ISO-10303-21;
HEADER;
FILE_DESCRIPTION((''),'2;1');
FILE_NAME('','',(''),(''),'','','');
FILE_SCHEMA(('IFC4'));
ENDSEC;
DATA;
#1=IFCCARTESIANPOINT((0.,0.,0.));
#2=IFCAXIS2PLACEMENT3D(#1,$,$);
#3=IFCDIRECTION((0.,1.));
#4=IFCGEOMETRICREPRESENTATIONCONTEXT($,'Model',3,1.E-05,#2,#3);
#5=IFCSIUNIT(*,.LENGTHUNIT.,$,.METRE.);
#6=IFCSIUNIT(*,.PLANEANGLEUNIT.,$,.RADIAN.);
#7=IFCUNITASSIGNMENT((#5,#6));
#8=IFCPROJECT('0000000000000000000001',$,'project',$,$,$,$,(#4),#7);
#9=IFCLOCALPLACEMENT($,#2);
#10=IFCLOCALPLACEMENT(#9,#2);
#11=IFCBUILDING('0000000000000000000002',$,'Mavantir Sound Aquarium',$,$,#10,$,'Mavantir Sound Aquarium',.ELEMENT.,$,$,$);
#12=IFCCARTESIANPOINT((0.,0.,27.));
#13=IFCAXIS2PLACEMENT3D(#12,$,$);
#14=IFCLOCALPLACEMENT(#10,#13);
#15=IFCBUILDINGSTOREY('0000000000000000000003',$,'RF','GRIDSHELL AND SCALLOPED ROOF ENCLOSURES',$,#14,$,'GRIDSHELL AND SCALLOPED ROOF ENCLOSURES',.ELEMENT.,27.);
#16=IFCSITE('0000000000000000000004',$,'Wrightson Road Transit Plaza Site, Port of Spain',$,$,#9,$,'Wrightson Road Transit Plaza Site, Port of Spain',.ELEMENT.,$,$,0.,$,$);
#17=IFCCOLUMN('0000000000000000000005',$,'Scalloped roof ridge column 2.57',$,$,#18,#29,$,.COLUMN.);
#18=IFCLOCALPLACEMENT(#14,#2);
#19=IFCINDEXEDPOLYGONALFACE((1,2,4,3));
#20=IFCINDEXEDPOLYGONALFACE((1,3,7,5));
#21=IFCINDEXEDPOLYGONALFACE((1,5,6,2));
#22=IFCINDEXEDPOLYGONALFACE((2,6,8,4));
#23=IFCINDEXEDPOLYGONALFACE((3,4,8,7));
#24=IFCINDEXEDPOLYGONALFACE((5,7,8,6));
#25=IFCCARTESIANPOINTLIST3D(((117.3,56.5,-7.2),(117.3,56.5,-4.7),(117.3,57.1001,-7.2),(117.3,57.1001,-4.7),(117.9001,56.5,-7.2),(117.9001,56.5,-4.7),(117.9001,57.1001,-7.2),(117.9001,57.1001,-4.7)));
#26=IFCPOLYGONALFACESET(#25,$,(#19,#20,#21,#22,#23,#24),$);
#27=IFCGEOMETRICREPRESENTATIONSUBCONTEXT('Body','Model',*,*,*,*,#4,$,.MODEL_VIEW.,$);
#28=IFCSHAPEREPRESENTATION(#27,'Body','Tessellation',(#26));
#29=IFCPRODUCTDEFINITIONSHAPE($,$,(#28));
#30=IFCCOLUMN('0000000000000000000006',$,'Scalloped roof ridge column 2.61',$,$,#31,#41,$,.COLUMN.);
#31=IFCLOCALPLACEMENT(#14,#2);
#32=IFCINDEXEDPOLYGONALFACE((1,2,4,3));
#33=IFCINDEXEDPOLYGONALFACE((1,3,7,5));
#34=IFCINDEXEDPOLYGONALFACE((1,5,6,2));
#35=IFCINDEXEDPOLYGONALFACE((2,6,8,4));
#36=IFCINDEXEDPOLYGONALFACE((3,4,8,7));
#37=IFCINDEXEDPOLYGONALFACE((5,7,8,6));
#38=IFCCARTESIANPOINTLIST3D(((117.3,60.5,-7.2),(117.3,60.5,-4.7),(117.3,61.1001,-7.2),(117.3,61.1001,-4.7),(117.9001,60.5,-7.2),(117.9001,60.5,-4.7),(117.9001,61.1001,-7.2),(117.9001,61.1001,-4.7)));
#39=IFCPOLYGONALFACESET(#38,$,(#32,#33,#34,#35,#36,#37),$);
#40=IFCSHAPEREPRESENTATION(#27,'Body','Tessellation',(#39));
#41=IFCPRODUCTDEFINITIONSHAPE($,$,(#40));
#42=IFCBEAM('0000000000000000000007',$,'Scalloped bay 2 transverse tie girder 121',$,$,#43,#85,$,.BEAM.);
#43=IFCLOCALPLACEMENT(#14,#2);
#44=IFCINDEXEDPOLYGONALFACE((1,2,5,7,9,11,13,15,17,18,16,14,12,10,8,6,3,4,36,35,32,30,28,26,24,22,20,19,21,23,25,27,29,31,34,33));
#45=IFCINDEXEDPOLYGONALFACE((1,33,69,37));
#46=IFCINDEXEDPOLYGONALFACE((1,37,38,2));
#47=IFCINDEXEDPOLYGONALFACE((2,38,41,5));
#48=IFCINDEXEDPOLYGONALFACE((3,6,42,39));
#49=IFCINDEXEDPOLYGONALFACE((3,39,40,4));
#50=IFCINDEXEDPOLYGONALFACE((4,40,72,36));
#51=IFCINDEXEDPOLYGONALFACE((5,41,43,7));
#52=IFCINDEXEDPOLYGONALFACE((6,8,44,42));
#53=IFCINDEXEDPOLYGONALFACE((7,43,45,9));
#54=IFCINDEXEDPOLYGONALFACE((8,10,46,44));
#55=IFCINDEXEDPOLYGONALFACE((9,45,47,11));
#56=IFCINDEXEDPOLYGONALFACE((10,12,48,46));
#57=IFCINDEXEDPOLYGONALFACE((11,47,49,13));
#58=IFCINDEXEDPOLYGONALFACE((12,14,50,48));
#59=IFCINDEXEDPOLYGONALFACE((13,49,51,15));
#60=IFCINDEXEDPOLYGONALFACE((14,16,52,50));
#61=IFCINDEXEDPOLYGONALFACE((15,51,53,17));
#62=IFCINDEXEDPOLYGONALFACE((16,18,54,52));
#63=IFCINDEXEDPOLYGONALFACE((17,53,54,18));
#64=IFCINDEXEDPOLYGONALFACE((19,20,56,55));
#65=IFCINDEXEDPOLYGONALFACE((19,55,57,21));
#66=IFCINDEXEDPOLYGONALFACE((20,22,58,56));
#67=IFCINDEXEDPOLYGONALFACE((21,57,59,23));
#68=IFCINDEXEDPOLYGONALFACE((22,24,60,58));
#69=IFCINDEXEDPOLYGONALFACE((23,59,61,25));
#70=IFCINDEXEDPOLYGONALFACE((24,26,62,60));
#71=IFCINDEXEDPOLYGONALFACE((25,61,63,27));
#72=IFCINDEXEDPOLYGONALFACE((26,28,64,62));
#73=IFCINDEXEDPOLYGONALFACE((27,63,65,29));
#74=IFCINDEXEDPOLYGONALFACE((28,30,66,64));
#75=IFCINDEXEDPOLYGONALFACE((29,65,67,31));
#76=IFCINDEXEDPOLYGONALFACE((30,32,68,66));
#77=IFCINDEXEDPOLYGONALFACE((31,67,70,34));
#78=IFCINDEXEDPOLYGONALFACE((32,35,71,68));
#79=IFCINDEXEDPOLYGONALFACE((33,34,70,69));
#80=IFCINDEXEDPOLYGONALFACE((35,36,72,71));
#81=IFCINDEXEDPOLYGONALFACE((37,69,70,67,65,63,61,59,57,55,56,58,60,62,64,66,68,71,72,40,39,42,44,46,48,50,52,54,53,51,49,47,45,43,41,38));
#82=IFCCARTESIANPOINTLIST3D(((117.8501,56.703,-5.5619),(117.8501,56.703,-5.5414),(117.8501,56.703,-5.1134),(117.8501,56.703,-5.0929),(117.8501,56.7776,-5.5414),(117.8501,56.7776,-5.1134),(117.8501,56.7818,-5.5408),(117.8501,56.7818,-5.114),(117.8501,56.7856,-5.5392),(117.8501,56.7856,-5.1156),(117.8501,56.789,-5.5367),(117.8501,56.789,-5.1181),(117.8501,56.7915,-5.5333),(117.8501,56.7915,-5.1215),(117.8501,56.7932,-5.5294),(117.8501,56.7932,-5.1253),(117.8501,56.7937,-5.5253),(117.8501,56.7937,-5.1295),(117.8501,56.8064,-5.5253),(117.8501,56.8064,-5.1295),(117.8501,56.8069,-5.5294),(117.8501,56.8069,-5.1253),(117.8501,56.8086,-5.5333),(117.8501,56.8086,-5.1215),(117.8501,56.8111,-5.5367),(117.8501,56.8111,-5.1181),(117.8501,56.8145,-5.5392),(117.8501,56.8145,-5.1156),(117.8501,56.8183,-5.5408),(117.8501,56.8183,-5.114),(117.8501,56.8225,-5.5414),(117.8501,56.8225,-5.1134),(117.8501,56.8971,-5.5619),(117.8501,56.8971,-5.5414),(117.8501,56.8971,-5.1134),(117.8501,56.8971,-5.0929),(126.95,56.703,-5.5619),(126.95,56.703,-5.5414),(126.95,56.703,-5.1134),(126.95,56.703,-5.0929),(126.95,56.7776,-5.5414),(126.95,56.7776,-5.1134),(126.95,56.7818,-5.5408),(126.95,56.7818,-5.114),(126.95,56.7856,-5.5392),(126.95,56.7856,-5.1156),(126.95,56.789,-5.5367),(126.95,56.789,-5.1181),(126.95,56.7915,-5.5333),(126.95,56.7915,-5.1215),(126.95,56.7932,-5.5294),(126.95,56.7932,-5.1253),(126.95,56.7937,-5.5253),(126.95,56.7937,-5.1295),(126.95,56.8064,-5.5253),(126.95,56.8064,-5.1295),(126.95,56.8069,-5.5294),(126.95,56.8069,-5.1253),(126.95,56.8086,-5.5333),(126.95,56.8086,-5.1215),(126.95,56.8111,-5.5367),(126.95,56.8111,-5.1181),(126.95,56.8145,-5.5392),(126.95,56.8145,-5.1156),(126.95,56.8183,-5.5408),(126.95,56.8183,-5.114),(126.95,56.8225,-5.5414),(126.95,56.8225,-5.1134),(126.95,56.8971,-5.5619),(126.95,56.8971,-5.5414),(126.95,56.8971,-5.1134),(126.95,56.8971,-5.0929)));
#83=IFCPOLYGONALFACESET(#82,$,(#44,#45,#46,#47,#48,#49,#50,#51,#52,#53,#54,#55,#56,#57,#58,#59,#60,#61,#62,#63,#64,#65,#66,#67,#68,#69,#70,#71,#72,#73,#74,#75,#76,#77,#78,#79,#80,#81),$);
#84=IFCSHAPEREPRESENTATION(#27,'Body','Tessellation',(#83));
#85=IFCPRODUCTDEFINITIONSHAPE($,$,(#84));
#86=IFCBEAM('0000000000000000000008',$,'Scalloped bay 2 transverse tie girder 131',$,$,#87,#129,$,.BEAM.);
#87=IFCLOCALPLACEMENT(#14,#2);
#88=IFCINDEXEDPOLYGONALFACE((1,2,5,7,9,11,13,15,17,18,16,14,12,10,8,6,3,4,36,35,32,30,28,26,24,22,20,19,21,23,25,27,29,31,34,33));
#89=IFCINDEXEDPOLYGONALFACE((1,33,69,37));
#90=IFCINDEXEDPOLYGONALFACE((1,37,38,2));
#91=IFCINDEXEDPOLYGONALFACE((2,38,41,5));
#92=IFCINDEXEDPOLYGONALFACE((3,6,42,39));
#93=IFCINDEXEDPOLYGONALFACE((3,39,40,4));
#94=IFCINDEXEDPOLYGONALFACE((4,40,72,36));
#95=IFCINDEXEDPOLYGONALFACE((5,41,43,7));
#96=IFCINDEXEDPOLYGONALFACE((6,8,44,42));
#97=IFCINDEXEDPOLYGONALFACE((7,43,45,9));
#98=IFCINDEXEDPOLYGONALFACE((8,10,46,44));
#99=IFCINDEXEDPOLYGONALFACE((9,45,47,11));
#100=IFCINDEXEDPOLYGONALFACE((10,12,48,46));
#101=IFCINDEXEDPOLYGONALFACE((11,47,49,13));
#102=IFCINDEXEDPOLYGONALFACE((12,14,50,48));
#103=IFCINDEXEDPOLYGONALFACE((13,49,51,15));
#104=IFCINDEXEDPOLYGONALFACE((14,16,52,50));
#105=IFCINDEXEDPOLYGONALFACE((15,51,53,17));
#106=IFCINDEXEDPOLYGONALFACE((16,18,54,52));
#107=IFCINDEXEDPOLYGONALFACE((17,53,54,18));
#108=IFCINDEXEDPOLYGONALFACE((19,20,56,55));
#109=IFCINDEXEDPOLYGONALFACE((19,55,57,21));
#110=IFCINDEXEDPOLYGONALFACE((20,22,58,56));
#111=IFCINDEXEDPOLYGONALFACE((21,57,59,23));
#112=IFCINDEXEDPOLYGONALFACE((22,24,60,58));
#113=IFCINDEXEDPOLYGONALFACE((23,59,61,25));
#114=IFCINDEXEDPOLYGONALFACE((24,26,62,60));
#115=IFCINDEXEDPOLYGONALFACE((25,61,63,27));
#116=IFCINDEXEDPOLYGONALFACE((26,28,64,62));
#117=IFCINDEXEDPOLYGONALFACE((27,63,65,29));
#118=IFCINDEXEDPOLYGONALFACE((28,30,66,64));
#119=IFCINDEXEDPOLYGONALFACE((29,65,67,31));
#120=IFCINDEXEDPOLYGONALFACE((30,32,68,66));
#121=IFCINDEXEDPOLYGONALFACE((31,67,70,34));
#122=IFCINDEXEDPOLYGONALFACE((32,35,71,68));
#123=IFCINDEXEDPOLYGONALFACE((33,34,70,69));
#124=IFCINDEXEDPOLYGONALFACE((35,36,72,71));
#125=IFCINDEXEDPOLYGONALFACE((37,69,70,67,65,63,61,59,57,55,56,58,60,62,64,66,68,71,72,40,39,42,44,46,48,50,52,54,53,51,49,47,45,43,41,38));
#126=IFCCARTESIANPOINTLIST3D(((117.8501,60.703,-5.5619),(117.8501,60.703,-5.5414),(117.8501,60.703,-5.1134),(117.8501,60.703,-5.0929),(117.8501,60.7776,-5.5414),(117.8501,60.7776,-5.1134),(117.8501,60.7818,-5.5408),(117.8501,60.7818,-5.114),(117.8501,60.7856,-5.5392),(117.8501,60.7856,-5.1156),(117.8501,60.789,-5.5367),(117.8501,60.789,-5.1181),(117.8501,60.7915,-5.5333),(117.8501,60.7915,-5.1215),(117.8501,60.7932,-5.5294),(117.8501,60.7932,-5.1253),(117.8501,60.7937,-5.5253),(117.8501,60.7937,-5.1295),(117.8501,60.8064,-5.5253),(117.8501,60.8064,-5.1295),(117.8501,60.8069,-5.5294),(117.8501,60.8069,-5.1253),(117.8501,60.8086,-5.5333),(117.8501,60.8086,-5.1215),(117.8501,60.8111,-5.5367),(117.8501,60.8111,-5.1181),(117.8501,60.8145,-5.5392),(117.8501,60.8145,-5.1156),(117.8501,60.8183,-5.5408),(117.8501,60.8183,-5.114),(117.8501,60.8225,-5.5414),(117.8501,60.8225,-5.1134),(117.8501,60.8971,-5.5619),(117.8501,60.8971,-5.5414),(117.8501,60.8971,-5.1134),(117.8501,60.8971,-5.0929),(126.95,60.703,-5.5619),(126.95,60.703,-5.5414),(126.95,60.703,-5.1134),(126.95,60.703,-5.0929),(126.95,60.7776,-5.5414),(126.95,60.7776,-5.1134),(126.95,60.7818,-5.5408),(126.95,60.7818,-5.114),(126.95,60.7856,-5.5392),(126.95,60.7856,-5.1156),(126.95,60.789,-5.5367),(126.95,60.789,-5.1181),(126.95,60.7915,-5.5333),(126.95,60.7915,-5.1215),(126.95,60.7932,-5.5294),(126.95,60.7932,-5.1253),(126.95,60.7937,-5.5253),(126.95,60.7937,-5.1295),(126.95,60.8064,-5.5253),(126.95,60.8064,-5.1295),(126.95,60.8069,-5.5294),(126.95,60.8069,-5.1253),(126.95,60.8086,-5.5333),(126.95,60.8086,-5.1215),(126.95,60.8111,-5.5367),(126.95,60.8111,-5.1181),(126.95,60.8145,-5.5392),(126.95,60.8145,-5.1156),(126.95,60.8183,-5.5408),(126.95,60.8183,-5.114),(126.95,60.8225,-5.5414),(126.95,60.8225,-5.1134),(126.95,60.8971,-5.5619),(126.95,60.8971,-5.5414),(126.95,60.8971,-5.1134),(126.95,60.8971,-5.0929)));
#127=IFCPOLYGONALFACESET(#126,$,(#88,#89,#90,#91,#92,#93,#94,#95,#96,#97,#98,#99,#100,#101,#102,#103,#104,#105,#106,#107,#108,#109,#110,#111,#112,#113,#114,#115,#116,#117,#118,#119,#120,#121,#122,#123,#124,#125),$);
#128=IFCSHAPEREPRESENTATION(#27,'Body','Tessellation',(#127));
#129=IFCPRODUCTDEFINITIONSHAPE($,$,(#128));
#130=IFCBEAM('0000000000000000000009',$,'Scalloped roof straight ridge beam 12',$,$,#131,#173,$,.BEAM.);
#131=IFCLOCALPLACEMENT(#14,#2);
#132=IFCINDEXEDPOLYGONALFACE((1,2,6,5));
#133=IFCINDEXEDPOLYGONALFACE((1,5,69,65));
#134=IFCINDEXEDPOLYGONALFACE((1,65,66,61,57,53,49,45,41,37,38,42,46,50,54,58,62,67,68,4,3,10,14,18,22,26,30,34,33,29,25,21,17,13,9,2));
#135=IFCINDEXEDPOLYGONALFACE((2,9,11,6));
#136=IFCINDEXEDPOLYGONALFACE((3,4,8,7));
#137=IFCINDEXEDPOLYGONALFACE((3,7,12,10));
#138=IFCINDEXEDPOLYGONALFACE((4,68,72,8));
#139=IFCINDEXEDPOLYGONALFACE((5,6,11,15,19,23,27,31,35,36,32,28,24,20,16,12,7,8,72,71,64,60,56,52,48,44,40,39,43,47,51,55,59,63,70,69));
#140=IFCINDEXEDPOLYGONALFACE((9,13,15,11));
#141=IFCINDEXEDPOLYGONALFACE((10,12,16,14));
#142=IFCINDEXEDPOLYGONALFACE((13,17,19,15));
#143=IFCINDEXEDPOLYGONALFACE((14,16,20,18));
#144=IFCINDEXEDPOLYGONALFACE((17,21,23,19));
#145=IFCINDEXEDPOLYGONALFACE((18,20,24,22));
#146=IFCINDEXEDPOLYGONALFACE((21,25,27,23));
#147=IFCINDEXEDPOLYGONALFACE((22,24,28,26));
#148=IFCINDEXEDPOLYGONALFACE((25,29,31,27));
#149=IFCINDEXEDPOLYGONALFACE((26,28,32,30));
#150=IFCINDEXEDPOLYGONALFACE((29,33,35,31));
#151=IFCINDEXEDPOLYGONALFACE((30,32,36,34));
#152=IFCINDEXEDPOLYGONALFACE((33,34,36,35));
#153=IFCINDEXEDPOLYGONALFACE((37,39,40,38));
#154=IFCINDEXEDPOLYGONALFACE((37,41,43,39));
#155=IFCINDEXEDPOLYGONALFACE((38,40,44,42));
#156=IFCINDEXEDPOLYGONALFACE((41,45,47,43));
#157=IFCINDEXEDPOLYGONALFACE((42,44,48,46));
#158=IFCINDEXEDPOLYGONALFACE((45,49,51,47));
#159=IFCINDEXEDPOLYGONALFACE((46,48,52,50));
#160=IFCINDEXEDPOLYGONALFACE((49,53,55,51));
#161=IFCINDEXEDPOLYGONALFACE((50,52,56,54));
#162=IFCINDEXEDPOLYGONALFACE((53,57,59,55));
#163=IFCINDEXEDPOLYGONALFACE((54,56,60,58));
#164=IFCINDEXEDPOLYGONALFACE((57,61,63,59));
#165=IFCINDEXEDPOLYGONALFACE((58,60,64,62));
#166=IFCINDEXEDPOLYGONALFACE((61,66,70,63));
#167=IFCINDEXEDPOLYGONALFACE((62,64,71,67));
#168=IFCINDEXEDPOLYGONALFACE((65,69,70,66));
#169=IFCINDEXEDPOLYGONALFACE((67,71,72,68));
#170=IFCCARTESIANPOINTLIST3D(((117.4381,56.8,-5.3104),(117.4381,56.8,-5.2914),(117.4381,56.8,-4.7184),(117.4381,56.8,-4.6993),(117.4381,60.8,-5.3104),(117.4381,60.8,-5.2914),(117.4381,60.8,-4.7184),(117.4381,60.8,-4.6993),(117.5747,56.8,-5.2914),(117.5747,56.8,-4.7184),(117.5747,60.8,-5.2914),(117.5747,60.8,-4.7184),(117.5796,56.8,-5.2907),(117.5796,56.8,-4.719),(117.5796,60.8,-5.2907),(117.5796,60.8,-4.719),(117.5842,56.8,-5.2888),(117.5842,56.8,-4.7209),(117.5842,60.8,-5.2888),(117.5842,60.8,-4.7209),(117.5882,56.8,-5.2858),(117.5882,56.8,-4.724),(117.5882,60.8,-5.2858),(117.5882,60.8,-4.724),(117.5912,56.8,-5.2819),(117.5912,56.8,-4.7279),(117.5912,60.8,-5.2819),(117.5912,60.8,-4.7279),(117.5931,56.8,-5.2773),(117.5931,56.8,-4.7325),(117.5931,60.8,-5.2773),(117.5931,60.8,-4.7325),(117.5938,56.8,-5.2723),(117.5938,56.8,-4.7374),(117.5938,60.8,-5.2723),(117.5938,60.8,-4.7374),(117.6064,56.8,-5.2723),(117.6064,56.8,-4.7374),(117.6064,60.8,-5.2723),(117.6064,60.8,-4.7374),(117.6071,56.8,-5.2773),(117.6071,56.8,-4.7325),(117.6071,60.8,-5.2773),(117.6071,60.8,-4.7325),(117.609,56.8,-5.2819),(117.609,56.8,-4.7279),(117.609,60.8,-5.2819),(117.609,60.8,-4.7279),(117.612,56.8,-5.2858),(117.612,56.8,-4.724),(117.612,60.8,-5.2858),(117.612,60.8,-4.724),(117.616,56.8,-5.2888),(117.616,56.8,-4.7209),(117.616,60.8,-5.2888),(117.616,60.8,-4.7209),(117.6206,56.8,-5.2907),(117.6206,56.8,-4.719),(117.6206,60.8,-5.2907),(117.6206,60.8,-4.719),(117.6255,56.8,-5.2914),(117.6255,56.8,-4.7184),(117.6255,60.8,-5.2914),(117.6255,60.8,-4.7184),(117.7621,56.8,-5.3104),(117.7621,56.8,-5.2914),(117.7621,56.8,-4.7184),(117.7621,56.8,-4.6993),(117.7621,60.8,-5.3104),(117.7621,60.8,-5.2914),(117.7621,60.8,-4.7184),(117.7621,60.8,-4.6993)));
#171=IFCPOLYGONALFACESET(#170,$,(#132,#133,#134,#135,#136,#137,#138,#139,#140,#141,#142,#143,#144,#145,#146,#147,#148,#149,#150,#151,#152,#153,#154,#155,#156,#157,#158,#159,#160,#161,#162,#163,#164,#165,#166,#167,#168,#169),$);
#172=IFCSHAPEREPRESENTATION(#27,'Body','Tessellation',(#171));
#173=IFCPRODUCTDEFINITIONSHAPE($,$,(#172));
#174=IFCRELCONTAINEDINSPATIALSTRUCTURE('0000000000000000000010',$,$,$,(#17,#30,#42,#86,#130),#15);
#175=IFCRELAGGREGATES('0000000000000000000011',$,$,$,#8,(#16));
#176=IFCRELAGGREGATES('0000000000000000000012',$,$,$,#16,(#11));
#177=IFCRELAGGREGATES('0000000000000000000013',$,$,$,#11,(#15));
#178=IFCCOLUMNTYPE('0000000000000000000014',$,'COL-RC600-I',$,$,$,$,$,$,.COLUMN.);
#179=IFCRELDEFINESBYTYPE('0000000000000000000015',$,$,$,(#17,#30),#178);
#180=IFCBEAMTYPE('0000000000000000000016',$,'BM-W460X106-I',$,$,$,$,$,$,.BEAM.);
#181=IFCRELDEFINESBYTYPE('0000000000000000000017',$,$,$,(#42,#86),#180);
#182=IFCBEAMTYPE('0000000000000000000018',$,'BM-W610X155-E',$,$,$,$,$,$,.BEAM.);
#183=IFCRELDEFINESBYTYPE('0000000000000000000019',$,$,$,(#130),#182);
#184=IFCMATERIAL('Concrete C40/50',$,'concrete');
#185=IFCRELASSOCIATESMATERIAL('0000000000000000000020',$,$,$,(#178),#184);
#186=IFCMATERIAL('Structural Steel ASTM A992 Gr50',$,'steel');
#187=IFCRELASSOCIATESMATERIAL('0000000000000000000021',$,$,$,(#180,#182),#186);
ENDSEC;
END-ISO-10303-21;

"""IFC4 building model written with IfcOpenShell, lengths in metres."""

from ifc_helpers import new_model, si_unit, direction, frame, origin, origin_2d, place, context, subcontext, project, spatial, rectangle, i_section, extrude, material, material_profile, profile_set, type_object, element, save


model = new_model("IFC4")

# Units and contexts
model_context = context("Model", 3, precision=1e-05, world=origin(), true_north=direction((0.0, 1.0)))
body_context = subcontext(model_context, "Body", "Model", "MODEL_VIEW")
ifc_project = project(units=[si_unit("LENGTHUNIT", "METRE"), si_unit("PLANEANGLEUNIT", "RADIAN")], contexts=[model_context])

# Site, building, storey
site_placement = place(None, origin())
site = spatial("IfcSite", under=ifc_project, at=site_placement, Name="Wrightson Road Transit Plaza Site, Port of Spain", LongName="Wrightson Road Transit Plaza Site, Port of Spain", CompositionType="ELEMENT", RefElevation=0.0)
building_placement = place(site_placement, origin())
building = spatial("IfcBuilding", under=site, at=building_placement, Name="Mavantir Sound Aquarium", LongName="Mavantir Sound Aquarium", CompositionType="ELEMENT")
storey_placement = place(building_placement, frame((0.0, 0.0, 27.0)))
storey = spatial("IfcBuildingStorey", under=building, at=storey_placement, Name="RF", Description="GRIDSHELL AND SCALLOPED ROOF ENCLOSURES", LongName="GRIDSHELL AND SCALLOPED ROOF ENCLOSURES", CompositionType="ELEMENT", Elevation=27.0)

# Columns
ifc_material_1 = material(Name="Concrete C40/50", Category="concrete")
ifc_material_profile_1 = material_profile(ifc_material_1, rectangle(XDim=0.6001, YDim=0.6001, at=origin_2d()), Name="RC 600X600")
ifc_profile_set_1 = profile_set([ifc_material_profile_1], Name="Concrete C40/50")
column_type = type_object("IfcColumnType", Name="COL-RC600-I", PredefinedType="COLUMN", material=ifc_profile_set_1)
for number, where, z_axis, x_axis, name in (
    (1, (117.6001, 56.8, -7.2), (0.0, 0.0, 1.0), (1.0, 0.0, 0.0), "Scalloped roof ridge column 2.57"),
    (2, (117.6001, 60.8, -7.2), (0.0, 0.0, 1.0), (1.0, 0.0, 0.0), "Scalloped roof ridge column 2.61"),
):
    element("IfcColumn", number, at=place(storey_placement, frame(where, z_axis=z_axis, x_axis=x_axis)), inside=storey, type_object=column_type, Name=name, PredefinedType="COLUMN", context=body_context, shape_type="SweptSolid", body=[
        extrude(rectangle(XDim=0.6001, YDim=0.6001, at=origin_2d()), origin(), (0.0, 0.0, 1.0), 2.5),
    ])

# Beams
ifc_material_2 = material(Name="Structural Steel ASTM A992 Gr50", Category="steel")
ifc_material_profile_2 = material_profile(ifc_material_2, i_section(OverallWidth=0.1941, OverallDepth=0.469, WebThickness=0.0127, FlangeThickness=0.0205, FilletRadius=0.0161, at=origin_2d()), Name="W460X106")
ifc_profile_set_2 = profile_set([ifc_material_profile_2], Name="Structural Steel ASTM A992 Gr50")
beam_type_1 = type_object("IfcBeamType", Name="BM-W460X106-I", PredefinedType="BEAM", material=ifc_profile_set_2)
for number, where, z_axis, x_axis, name in (
    (3, (117.8501, 56.8, -5.3274), (1.0, 0.0, 0.0), (0.0, 1.0, 0.0), "Scalloped bay 2 transverse tie girder 121"),
    (4, (117.8501, 60.8, -5.3274), (1.0, 0.0, 0.0), (0.0, 1.0, 0.0), "Scalloped bay 2 transverse tie girder 131"),
):
    element("IfcBeam", number, at=place(storey_placement, frame(where, z_axis=z_axis, x_axis=x_axis)), inside=storey, type_object=beam_type_1, Name=name, PredefinedType="BEAM", context=body_context, shape_type="SweptSolid", body=[
        extrude(i_section(OverallWidth=0.1941, OverallDepth=0.469, WebThickness=0.0127, FlangeThickness=0.0205, FilletRadius=0.0161, at=origin_2d()), origin(), (0.0, 0.0, 1.0), 9.0999),
    ])
ifc_material_profile_3 = material_profile(ifc_material_2, i_section(OverallWidth=0.324, OverallDepth=0.6111, WebThickness=0.0127, FlangeThickness=0.019, FilletRadius=0.019, at=origin_2d()), Name="W610X155")
ifc_profile_set_3 = profile_set([ifc_material_profile_3], Name="Structural Steel ASTM A992 Gr50")
beam_type_2 = type_object("IfcBeamType", Name="BM-W610X155-E", PredefinedType="BEAM", material=ifc_profile_set_3)
beam_1_placement = place(storey_placement, frame((117.6001, 56.8, -5.0049), z_axis=(0.0, 1.0, 0.0), x_axis=(-1.0, 0.0, 0.0)))
element("IfcBeam", 5, at=beam_1_placement, inside=storey, type_object=beam_type_2, Name="Scalloped roof straight ridge beam 12", PredefinedType="BEAM", context=body_context, shape_type="SweptSolid", body=[
    extrude(i_section(OverallWidth=0.324, OverallDepth=0.6111, WebThickness=0.0127, FlangeThickness=0.019, FilletRadius=0.019, at=origin_2d()), origin(), (0.0, 0.0, 1.0), 4.0),
])

save(model, "model.ifc")
